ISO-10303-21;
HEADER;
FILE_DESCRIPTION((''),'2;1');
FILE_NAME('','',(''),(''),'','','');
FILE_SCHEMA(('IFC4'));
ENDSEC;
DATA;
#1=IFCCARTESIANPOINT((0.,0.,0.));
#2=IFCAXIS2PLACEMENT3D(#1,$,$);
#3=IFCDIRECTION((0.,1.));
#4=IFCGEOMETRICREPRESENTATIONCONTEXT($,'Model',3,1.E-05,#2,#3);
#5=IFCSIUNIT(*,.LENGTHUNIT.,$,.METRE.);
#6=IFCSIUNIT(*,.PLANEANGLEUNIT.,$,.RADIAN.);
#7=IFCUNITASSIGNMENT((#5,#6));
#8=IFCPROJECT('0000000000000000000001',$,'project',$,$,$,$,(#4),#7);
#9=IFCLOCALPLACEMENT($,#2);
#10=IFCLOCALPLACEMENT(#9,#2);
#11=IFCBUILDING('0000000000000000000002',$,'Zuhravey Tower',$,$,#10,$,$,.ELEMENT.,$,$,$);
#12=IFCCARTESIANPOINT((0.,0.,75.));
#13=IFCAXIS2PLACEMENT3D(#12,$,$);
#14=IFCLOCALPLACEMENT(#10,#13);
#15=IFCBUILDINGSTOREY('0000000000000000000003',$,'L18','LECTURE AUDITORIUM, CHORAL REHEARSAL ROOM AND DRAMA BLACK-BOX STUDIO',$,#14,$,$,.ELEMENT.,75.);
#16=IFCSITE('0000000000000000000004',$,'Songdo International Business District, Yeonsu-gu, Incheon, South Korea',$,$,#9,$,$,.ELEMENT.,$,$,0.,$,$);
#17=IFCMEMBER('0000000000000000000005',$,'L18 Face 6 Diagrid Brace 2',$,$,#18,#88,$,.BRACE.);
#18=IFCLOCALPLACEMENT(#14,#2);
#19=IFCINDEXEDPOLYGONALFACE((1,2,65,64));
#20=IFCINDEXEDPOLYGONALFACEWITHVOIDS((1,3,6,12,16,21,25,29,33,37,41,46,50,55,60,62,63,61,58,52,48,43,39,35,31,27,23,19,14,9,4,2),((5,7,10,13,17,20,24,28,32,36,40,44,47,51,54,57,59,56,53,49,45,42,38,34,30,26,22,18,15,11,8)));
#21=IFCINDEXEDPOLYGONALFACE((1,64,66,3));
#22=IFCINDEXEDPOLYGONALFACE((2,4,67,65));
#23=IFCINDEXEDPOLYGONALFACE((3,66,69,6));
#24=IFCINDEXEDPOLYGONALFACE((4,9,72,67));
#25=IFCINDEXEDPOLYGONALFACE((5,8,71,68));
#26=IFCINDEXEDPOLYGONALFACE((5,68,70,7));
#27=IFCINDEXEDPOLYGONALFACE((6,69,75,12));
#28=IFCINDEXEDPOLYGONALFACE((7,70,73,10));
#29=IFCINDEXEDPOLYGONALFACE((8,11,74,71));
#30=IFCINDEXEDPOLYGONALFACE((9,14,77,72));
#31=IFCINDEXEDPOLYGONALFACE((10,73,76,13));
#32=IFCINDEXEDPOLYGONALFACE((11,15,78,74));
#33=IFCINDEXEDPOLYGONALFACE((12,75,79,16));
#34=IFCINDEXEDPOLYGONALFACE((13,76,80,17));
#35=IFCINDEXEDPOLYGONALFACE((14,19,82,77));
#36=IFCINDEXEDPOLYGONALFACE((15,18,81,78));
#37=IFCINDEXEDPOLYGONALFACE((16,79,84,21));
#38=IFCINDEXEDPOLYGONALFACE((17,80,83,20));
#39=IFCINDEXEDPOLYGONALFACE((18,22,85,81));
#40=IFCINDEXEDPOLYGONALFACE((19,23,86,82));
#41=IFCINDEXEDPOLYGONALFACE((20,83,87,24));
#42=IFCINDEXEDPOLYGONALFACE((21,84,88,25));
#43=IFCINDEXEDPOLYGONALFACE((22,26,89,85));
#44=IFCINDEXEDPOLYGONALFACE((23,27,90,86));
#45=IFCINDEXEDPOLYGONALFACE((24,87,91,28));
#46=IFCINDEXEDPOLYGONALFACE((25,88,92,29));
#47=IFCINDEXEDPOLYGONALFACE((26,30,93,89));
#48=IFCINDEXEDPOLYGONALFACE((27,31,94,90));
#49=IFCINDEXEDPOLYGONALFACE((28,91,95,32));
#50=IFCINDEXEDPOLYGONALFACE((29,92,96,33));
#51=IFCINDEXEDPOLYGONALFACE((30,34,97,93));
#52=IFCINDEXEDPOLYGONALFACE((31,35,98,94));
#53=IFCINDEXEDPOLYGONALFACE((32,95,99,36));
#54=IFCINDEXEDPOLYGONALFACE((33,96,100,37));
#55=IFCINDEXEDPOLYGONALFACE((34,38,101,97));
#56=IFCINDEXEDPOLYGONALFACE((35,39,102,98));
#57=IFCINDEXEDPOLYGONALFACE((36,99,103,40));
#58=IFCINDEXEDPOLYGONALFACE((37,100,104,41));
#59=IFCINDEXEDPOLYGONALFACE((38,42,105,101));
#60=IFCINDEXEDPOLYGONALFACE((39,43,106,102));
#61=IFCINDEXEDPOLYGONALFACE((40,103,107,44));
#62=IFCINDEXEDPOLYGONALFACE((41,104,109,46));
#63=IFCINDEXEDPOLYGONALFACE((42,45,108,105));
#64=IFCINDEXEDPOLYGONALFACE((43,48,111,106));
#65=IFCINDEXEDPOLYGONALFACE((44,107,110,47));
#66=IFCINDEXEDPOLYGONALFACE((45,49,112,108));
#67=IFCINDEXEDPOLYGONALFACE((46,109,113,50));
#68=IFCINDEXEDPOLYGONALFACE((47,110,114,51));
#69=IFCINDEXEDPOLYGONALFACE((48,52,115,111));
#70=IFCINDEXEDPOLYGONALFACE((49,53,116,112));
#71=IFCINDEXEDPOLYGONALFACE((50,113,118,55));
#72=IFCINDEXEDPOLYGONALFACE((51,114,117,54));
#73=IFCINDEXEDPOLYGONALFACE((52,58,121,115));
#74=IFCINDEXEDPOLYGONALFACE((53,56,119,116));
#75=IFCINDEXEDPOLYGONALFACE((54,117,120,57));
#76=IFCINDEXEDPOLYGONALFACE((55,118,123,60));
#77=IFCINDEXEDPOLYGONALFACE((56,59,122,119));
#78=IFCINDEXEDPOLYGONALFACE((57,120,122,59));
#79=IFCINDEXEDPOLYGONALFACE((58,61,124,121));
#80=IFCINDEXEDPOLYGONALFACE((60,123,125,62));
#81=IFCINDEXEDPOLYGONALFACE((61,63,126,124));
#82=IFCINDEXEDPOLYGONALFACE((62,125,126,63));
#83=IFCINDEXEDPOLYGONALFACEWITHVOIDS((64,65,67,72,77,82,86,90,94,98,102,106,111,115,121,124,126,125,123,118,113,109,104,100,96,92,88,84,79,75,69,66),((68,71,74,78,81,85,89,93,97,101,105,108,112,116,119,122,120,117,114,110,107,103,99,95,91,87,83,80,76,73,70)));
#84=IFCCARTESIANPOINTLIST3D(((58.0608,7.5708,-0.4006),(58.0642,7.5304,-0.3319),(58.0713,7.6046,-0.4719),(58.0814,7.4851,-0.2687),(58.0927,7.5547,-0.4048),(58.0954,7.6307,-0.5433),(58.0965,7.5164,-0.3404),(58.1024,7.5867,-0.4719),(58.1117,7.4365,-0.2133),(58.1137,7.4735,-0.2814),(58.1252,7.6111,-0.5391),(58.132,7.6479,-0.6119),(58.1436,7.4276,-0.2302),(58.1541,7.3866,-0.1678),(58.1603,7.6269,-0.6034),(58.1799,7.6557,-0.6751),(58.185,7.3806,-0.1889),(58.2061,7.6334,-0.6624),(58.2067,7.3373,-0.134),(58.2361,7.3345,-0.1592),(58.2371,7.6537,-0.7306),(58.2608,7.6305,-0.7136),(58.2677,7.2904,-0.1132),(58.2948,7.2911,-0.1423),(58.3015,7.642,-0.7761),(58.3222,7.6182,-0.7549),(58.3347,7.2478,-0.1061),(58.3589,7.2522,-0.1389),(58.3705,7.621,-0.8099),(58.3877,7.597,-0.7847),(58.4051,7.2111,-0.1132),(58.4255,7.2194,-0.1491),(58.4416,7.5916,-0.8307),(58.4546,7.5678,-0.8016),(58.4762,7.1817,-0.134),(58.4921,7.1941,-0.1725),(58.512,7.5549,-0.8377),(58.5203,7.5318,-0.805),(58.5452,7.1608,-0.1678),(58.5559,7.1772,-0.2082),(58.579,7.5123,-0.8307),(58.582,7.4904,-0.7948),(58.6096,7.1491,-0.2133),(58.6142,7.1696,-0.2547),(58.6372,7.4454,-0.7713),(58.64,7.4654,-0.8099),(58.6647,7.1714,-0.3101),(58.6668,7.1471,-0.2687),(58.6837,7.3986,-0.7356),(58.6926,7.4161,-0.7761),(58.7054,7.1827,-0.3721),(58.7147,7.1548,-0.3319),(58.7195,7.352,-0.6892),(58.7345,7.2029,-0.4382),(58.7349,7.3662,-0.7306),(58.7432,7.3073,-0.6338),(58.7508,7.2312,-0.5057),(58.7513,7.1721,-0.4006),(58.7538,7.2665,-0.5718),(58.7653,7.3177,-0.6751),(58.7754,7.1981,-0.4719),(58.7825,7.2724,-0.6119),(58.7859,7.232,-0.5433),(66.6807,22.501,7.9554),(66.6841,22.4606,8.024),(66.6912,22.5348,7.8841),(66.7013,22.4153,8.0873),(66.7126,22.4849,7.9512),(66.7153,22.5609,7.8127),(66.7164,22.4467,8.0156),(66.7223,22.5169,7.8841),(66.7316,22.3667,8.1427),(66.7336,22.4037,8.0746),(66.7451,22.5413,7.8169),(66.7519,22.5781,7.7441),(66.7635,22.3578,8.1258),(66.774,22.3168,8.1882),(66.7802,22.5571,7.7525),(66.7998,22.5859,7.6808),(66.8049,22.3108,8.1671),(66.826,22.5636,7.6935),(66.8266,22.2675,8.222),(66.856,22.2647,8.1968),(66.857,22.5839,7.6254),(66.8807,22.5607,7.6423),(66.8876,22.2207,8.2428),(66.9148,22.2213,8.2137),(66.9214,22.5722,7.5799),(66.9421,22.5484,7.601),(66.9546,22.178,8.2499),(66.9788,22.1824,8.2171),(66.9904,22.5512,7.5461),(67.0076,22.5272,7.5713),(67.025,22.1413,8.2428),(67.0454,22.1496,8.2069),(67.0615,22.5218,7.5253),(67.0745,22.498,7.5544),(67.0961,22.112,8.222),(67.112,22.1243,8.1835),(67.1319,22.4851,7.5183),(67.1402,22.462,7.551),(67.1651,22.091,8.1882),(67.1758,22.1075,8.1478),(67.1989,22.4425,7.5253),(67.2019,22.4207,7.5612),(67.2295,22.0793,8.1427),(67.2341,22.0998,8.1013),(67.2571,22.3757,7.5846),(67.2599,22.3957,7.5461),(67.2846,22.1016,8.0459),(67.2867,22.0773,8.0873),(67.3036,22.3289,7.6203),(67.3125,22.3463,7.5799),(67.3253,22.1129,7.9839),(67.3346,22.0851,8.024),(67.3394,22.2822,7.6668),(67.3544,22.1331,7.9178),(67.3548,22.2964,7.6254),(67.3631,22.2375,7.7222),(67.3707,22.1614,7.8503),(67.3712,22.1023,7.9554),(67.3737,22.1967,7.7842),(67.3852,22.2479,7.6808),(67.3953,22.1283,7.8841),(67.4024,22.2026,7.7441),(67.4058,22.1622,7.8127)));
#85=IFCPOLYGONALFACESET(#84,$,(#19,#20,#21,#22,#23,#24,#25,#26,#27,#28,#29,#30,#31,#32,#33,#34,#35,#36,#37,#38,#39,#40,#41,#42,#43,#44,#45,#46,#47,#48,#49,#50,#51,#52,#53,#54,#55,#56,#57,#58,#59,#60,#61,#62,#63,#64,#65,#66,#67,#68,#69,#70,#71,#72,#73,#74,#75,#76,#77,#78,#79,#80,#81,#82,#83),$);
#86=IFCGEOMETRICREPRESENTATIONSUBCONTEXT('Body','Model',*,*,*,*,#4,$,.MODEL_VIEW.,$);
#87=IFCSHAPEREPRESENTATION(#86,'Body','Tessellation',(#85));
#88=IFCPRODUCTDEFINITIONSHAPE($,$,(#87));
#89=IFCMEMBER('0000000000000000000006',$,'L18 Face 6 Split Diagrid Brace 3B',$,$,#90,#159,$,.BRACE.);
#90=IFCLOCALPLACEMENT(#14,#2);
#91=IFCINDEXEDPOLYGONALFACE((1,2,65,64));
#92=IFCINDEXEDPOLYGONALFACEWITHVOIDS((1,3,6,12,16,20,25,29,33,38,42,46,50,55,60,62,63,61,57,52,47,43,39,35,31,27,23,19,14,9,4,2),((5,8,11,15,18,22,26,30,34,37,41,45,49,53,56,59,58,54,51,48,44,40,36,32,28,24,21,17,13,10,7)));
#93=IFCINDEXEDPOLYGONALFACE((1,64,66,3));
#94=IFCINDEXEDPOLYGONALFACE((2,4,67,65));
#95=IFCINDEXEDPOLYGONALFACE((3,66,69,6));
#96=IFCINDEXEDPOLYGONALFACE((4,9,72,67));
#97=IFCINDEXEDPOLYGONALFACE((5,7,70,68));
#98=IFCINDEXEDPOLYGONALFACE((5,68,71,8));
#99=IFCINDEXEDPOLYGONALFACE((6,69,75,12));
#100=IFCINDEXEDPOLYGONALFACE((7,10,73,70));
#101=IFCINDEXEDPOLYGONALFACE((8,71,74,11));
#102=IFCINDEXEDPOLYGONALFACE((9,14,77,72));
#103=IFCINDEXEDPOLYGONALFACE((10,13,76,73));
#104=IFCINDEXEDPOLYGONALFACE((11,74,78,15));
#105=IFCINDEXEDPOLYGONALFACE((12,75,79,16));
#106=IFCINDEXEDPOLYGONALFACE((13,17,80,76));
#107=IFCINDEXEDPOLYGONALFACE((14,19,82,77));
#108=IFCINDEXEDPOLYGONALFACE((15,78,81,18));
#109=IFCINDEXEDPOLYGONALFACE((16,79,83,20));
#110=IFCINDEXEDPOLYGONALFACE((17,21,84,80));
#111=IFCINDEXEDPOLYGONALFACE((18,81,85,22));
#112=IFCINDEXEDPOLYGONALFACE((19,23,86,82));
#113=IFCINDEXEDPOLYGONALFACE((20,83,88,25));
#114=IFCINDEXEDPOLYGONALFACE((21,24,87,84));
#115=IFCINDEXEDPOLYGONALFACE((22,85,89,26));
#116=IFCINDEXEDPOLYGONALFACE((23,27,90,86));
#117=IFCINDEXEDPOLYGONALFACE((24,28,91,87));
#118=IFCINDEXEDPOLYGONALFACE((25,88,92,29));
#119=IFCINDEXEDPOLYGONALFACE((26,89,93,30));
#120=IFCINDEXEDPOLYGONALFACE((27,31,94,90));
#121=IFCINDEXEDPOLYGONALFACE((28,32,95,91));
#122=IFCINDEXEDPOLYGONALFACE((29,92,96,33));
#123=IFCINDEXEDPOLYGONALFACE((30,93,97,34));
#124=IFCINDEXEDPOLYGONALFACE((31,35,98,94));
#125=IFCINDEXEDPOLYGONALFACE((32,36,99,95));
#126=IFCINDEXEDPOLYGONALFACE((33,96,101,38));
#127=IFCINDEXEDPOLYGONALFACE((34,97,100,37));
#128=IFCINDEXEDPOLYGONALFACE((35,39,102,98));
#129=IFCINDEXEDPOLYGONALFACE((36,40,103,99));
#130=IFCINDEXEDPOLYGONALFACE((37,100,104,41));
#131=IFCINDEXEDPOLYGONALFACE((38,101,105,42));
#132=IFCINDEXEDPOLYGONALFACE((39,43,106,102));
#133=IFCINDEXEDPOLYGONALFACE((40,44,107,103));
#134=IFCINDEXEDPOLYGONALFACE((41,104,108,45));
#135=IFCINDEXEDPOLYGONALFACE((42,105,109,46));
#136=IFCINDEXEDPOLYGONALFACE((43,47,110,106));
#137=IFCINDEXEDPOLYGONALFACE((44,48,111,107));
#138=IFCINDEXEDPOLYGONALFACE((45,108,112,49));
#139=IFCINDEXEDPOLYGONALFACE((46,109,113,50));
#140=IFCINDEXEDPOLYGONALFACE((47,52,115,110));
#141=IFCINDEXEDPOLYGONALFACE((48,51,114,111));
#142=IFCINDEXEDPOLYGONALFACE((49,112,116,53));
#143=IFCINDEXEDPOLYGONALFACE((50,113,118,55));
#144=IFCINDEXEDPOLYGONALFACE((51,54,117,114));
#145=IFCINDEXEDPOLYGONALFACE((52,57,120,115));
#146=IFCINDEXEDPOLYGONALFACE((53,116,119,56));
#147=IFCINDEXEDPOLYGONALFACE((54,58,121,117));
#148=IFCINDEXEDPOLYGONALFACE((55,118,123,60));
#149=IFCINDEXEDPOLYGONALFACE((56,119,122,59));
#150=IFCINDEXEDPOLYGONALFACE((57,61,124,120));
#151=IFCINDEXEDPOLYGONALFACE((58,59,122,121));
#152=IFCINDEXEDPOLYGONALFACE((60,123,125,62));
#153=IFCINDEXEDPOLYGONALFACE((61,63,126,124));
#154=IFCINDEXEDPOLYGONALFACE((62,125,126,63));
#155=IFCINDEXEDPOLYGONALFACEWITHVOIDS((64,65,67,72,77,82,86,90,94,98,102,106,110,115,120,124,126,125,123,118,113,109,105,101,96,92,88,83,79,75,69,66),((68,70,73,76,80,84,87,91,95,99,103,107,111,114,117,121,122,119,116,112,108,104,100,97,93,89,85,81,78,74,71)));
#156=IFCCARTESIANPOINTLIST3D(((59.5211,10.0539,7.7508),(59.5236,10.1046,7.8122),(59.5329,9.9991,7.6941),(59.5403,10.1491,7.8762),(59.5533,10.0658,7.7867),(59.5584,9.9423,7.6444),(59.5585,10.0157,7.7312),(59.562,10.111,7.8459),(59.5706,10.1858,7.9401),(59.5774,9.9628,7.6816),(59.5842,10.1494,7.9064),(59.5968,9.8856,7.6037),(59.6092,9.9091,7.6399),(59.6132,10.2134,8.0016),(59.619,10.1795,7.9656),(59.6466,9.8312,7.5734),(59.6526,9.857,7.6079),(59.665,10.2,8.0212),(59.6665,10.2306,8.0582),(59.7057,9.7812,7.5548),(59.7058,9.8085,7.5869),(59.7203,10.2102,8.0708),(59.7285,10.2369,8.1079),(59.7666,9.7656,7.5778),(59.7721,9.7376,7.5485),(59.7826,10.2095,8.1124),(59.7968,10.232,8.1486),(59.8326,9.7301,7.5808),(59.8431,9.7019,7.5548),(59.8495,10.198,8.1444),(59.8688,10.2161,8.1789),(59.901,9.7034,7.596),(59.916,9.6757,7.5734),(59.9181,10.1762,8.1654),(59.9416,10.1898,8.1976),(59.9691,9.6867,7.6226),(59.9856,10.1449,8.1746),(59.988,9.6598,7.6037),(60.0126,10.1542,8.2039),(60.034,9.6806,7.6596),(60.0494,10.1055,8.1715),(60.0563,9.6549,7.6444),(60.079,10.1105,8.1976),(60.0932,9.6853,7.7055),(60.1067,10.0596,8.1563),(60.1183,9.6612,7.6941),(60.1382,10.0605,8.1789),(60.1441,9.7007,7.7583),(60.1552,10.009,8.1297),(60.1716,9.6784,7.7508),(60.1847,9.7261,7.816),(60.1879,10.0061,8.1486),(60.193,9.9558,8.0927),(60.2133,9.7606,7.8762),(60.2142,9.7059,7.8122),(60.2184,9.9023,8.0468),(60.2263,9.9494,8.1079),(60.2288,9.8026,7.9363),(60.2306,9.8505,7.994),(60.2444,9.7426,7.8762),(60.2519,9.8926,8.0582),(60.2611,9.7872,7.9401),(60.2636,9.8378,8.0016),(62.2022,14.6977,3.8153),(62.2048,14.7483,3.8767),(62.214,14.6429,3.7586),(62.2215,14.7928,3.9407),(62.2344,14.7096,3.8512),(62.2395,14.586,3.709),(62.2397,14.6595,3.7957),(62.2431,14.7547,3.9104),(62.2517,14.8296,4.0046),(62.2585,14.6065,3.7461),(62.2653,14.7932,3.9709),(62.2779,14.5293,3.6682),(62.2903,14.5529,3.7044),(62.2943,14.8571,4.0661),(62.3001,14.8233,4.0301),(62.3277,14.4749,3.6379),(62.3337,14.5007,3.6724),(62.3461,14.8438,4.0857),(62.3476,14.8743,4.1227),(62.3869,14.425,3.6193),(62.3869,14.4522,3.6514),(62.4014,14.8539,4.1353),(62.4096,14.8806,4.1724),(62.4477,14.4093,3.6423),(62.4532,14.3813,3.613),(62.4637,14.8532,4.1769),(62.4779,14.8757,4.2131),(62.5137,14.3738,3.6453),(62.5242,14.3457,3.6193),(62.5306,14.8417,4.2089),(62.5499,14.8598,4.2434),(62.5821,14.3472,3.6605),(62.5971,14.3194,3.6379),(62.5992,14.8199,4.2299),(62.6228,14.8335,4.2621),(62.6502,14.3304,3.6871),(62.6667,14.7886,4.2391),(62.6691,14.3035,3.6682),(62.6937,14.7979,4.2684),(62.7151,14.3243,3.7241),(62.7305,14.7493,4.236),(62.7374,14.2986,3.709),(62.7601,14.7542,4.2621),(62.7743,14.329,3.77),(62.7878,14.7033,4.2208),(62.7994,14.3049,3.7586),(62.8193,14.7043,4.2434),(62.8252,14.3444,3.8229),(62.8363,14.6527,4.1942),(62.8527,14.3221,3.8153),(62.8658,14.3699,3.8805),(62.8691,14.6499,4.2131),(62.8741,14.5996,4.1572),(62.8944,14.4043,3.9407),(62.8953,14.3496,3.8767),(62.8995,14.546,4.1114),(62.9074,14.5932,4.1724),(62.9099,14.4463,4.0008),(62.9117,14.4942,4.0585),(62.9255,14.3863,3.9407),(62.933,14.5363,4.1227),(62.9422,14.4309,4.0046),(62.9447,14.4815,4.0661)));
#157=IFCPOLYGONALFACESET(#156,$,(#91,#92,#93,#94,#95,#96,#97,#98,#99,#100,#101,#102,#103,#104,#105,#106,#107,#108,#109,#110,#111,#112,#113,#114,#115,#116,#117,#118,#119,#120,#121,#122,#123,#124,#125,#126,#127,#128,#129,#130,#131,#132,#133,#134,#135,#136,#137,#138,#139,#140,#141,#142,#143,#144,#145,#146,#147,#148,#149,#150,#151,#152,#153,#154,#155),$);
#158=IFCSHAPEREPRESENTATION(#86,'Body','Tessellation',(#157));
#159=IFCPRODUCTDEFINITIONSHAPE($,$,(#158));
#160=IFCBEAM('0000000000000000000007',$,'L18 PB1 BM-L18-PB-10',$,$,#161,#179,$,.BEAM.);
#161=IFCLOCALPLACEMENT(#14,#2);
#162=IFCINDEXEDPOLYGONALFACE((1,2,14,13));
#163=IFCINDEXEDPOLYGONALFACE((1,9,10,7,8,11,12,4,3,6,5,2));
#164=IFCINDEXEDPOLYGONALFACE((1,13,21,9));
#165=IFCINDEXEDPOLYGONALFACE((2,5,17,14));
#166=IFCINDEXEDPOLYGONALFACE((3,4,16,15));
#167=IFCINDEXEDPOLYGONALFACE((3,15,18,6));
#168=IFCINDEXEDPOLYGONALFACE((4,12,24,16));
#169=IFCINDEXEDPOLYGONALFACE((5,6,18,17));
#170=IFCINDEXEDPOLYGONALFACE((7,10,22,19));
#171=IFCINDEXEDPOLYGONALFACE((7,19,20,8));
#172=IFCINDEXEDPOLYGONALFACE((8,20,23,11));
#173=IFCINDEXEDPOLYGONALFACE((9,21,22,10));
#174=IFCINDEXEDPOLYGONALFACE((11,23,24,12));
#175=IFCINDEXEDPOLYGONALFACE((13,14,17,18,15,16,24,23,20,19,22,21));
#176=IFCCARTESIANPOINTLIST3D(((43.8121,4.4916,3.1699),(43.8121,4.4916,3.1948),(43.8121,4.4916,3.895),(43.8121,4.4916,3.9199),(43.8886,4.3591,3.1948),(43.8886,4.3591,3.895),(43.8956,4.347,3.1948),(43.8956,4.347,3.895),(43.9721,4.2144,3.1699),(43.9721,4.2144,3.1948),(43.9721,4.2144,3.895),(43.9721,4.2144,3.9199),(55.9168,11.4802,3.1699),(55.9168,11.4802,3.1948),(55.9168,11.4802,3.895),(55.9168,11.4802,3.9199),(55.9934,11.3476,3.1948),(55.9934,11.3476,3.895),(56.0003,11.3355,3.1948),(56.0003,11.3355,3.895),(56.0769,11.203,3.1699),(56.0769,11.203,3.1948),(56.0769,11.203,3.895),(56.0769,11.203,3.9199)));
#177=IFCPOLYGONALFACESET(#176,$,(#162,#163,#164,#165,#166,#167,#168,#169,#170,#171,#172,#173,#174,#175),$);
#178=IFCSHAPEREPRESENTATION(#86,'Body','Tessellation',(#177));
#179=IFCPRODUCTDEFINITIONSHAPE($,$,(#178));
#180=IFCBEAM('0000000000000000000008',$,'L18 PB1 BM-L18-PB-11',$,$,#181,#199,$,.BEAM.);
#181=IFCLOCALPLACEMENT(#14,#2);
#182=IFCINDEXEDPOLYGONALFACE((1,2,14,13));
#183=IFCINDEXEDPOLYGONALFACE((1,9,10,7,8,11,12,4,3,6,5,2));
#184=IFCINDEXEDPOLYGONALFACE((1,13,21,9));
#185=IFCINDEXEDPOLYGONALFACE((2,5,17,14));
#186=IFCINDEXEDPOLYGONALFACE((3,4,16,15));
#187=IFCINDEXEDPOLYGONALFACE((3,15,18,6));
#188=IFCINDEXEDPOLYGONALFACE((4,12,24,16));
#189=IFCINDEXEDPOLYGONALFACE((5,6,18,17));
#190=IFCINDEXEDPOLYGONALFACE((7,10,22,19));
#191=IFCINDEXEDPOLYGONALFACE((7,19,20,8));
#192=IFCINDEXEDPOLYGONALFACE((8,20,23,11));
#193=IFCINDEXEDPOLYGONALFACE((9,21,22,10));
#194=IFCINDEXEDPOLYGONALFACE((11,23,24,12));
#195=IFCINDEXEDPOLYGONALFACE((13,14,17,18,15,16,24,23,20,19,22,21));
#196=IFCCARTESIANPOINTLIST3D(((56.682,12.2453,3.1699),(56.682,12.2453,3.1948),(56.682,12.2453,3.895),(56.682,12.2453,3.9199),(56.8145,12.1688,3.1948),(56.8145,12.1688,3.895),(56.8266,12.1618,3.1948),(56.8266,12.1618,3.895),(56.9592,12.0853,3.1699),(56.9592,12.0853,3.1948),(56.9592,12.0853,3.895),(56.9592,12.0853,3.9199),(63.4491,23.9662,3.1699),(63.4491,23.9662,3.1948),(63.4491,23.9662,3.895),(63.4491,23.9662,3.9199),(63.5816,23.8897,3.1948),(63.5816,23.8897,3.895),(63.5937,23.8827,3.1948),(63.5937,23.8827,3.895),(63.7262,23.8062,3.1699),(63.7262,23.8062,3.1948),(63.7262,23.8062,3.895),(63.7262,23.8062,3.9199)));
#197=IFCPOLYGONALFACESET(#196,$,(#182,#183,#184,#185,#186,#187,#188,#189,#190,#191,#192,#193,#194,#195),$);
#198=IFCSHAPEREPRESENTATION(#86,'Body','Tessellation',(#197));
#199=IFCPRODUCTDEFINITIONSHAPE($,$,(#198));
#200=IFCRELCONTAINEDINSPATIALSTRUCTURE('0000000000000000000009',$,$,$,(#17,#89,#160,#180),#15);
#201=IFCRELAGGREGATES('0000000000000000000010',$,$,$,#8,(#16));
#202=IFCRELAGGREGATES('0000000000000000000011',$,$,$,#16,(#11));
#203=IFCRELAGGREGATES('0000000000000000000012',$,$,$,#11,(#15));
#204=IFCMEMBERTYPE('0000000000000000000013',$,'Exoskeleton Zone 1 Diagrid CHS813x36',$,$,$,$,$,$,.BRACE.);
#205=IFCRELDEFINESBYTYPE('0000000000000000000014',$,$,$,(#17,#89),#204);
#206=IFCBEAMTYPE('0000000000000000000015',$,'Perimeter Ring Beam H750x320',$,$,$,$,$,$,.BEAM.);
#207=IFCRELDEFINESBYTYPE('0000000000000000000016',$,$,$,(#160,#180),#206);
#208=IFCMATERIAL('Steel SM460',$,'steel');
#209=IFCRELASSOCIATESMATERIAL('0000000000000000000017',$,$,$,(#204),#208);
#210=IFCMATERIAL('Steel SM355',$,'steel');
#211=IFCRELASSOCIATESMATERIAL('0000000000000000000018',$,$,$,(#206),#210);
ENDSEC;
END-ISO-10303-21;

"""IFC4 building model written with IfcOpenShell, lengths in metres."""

from ifc_helpers import new_model, si_unit, direction, frame, origin, origin_2d, place, context, subcontext, project, spatial, hollow_circle, i_section, extrude, material, material_profile, profile_set, type_object, element, save


model = new_model("IFC4")

# Units and contexts
model_context = context("Model", 3, precision=1e-05, world=origin(), true_north=direction((0.0, 1.0)))
body_context = subcontext(model_context, "Body", "Model", "MODEL_VIEW")
ifc_project = project(units=[si_unit("LENGTHUNIT", "METRE"), si_unit("PLANEANGLEUNIT", "RADIAN")], contexts=[model_context])

# Site, building, storey
site_placement = place(None, origin())
site = spatial("IfcSite", under=ifc_project, at=site_placement, Name="Songdo International Business District, Yeonsu-gu, Incheon, South Korea", CompositionType="ELEMENT", RefElevation=0.0)
building_placement = place(site_placement, origin())
building = spatial("IfcBuilding", under=site, at=building_placement, Name="Zuhravey Tower", CompositionType="ELEMENT")
storey_placement = place(building_placement, frame((0.0, 0.0, 75.0)))
storey = spatial("IfcBuildingStorey", under=building, at=storey_placement, Name="L18", Description="LECTURE AUDITORIUM, CHORAL REHEARSAL ROOM AND DRAMA BLACK-BOX STUDIO", CompositionType="ELEMENT", Elevation=75.0)

# Members
ifc_material_1 = material(Name="Steel SM355", Category="steel")
ifc_material_2 = material(Name="Steel SM460", Category="steel")
ifc_material_profile_1 = material_profile(ifc_material_2, hollow_circle(Radius=0.4065, WallThickness=0.0359, at=origin_2d()), Name="CHS-812.8x36")
ifc_profile_set_1 = profile_set([ifc_material_profile_1], Name="Steel SM460")
member_type_1 = type_object("IfcMemberType", Name="Exoskeleton Zone 1 Diagrid CHS813x36", PredefinedType="BRACE", material=ifc_profile_set_1)
member_1_placement = place(storey_placement, frame((58.4233, 7.4014, -0.4719), z_axis=(0.449933, 0.779312, 0.436157), x_axis=(-0.866027, 0.499997, 0.0)))
element("IfcMember", 1, at=member_1_placement, inside=storey, type_object=member_type_1, Name="L18 Face 6 Diagrid Brace 2", PredefinedType="BRACE", context=body_context, shape_type="SweptSolid", body=[
    extrude(hollow_circle(Radius=0.4065, WallThickness=0.0359, at=origin_2d()), origin(), (0.0, 0.0, 1.0), 19.1582),
])
member_2_placement = place(storey_placement, frame((62.5735, 14.5896, 3.9407), z_axis=(-0.403092, -0.698162, 0.591681), x_axis=(0.866021, -0.500008, 0.0)))
element("IfcMember", 2, at=member_2_placement, inside=storey, type_object=member_type_1, Name="L18 Face 6 Split Diagrid Brace 3B", PredefinedType="BRACE", context=body_context, shape_type="SweptSolid", body=[
    extrude(hollow_circle(Radius=0.4065, WallThickness=0.0359, at=origin_2d()), origin(), (0.0, 0.0, 1.0), 6.6514),
])

# Beams
ifc_material_profile_2 = material_profile(ifc_material_1, i_section(OverallWidth=0.3201, OverallDepth=0.75, WebThickness=0.0139, FlangeThickness=0.0249, at=origin_2d()), Name="H-750x320x14x25")
ifc_profile_set_2 = profile_set([ifc_material_profile_2], Name="Steel SM355")
beam_type_1 = type_object("IfcBeamType", Name="Perimeter Ring Beam H750x320", PredefinedType="BEAM", material=ifc_profile_set_2)
beam_1_placement = place(storey_placement, frame((43.8921, 4.353, 3.5449), z_axis=(0.86603, 0.499992, 0.0), x_axis=(-0.499992, 0.86603, 0.0)))
element("IfcBeam", 3, at=beam_1_placement, inside=storey, type_object=beam_type_1, Name="L18 PB1 BM-L18-PB-10", PredefinedType="BEAM", context=body_context, shape_type="SweptSolid", body=[
    extrude(i_section(OverallWidth=0.3201, OverallDepth=0.75, WebThickness=0.0139, FlangeThickness=0.0249, at=origin_2d()), origin(), (0.0, 0.0, 1.0), 13.9773),
])
beam_2_placement = place(storey_placement, frame((56.8206, 12.1653, 3.5449), z_axis=(0.5, 0.866025, 0.0), x_axis=(-0.866025, 0.5, 0.0)))
element("IfcBeam", 4, at=beam_2_placement, inside=storey, type_object=beam_type_1, Name="L18 PB1 BM-L18-PB-11", PredefinedType="BEAM", context=body_context, shape_type="SweptSolid", body=[
    extrude(i_section(OverallWidth=0.3201, OverallDepth=0.75, WebThickness=0.0139, FlangeThickness=0.0249, at=origin_2d()), origin(), (0.0, 0.0, 1.0), 13.5342),
])

save(model, "model.ifc")
